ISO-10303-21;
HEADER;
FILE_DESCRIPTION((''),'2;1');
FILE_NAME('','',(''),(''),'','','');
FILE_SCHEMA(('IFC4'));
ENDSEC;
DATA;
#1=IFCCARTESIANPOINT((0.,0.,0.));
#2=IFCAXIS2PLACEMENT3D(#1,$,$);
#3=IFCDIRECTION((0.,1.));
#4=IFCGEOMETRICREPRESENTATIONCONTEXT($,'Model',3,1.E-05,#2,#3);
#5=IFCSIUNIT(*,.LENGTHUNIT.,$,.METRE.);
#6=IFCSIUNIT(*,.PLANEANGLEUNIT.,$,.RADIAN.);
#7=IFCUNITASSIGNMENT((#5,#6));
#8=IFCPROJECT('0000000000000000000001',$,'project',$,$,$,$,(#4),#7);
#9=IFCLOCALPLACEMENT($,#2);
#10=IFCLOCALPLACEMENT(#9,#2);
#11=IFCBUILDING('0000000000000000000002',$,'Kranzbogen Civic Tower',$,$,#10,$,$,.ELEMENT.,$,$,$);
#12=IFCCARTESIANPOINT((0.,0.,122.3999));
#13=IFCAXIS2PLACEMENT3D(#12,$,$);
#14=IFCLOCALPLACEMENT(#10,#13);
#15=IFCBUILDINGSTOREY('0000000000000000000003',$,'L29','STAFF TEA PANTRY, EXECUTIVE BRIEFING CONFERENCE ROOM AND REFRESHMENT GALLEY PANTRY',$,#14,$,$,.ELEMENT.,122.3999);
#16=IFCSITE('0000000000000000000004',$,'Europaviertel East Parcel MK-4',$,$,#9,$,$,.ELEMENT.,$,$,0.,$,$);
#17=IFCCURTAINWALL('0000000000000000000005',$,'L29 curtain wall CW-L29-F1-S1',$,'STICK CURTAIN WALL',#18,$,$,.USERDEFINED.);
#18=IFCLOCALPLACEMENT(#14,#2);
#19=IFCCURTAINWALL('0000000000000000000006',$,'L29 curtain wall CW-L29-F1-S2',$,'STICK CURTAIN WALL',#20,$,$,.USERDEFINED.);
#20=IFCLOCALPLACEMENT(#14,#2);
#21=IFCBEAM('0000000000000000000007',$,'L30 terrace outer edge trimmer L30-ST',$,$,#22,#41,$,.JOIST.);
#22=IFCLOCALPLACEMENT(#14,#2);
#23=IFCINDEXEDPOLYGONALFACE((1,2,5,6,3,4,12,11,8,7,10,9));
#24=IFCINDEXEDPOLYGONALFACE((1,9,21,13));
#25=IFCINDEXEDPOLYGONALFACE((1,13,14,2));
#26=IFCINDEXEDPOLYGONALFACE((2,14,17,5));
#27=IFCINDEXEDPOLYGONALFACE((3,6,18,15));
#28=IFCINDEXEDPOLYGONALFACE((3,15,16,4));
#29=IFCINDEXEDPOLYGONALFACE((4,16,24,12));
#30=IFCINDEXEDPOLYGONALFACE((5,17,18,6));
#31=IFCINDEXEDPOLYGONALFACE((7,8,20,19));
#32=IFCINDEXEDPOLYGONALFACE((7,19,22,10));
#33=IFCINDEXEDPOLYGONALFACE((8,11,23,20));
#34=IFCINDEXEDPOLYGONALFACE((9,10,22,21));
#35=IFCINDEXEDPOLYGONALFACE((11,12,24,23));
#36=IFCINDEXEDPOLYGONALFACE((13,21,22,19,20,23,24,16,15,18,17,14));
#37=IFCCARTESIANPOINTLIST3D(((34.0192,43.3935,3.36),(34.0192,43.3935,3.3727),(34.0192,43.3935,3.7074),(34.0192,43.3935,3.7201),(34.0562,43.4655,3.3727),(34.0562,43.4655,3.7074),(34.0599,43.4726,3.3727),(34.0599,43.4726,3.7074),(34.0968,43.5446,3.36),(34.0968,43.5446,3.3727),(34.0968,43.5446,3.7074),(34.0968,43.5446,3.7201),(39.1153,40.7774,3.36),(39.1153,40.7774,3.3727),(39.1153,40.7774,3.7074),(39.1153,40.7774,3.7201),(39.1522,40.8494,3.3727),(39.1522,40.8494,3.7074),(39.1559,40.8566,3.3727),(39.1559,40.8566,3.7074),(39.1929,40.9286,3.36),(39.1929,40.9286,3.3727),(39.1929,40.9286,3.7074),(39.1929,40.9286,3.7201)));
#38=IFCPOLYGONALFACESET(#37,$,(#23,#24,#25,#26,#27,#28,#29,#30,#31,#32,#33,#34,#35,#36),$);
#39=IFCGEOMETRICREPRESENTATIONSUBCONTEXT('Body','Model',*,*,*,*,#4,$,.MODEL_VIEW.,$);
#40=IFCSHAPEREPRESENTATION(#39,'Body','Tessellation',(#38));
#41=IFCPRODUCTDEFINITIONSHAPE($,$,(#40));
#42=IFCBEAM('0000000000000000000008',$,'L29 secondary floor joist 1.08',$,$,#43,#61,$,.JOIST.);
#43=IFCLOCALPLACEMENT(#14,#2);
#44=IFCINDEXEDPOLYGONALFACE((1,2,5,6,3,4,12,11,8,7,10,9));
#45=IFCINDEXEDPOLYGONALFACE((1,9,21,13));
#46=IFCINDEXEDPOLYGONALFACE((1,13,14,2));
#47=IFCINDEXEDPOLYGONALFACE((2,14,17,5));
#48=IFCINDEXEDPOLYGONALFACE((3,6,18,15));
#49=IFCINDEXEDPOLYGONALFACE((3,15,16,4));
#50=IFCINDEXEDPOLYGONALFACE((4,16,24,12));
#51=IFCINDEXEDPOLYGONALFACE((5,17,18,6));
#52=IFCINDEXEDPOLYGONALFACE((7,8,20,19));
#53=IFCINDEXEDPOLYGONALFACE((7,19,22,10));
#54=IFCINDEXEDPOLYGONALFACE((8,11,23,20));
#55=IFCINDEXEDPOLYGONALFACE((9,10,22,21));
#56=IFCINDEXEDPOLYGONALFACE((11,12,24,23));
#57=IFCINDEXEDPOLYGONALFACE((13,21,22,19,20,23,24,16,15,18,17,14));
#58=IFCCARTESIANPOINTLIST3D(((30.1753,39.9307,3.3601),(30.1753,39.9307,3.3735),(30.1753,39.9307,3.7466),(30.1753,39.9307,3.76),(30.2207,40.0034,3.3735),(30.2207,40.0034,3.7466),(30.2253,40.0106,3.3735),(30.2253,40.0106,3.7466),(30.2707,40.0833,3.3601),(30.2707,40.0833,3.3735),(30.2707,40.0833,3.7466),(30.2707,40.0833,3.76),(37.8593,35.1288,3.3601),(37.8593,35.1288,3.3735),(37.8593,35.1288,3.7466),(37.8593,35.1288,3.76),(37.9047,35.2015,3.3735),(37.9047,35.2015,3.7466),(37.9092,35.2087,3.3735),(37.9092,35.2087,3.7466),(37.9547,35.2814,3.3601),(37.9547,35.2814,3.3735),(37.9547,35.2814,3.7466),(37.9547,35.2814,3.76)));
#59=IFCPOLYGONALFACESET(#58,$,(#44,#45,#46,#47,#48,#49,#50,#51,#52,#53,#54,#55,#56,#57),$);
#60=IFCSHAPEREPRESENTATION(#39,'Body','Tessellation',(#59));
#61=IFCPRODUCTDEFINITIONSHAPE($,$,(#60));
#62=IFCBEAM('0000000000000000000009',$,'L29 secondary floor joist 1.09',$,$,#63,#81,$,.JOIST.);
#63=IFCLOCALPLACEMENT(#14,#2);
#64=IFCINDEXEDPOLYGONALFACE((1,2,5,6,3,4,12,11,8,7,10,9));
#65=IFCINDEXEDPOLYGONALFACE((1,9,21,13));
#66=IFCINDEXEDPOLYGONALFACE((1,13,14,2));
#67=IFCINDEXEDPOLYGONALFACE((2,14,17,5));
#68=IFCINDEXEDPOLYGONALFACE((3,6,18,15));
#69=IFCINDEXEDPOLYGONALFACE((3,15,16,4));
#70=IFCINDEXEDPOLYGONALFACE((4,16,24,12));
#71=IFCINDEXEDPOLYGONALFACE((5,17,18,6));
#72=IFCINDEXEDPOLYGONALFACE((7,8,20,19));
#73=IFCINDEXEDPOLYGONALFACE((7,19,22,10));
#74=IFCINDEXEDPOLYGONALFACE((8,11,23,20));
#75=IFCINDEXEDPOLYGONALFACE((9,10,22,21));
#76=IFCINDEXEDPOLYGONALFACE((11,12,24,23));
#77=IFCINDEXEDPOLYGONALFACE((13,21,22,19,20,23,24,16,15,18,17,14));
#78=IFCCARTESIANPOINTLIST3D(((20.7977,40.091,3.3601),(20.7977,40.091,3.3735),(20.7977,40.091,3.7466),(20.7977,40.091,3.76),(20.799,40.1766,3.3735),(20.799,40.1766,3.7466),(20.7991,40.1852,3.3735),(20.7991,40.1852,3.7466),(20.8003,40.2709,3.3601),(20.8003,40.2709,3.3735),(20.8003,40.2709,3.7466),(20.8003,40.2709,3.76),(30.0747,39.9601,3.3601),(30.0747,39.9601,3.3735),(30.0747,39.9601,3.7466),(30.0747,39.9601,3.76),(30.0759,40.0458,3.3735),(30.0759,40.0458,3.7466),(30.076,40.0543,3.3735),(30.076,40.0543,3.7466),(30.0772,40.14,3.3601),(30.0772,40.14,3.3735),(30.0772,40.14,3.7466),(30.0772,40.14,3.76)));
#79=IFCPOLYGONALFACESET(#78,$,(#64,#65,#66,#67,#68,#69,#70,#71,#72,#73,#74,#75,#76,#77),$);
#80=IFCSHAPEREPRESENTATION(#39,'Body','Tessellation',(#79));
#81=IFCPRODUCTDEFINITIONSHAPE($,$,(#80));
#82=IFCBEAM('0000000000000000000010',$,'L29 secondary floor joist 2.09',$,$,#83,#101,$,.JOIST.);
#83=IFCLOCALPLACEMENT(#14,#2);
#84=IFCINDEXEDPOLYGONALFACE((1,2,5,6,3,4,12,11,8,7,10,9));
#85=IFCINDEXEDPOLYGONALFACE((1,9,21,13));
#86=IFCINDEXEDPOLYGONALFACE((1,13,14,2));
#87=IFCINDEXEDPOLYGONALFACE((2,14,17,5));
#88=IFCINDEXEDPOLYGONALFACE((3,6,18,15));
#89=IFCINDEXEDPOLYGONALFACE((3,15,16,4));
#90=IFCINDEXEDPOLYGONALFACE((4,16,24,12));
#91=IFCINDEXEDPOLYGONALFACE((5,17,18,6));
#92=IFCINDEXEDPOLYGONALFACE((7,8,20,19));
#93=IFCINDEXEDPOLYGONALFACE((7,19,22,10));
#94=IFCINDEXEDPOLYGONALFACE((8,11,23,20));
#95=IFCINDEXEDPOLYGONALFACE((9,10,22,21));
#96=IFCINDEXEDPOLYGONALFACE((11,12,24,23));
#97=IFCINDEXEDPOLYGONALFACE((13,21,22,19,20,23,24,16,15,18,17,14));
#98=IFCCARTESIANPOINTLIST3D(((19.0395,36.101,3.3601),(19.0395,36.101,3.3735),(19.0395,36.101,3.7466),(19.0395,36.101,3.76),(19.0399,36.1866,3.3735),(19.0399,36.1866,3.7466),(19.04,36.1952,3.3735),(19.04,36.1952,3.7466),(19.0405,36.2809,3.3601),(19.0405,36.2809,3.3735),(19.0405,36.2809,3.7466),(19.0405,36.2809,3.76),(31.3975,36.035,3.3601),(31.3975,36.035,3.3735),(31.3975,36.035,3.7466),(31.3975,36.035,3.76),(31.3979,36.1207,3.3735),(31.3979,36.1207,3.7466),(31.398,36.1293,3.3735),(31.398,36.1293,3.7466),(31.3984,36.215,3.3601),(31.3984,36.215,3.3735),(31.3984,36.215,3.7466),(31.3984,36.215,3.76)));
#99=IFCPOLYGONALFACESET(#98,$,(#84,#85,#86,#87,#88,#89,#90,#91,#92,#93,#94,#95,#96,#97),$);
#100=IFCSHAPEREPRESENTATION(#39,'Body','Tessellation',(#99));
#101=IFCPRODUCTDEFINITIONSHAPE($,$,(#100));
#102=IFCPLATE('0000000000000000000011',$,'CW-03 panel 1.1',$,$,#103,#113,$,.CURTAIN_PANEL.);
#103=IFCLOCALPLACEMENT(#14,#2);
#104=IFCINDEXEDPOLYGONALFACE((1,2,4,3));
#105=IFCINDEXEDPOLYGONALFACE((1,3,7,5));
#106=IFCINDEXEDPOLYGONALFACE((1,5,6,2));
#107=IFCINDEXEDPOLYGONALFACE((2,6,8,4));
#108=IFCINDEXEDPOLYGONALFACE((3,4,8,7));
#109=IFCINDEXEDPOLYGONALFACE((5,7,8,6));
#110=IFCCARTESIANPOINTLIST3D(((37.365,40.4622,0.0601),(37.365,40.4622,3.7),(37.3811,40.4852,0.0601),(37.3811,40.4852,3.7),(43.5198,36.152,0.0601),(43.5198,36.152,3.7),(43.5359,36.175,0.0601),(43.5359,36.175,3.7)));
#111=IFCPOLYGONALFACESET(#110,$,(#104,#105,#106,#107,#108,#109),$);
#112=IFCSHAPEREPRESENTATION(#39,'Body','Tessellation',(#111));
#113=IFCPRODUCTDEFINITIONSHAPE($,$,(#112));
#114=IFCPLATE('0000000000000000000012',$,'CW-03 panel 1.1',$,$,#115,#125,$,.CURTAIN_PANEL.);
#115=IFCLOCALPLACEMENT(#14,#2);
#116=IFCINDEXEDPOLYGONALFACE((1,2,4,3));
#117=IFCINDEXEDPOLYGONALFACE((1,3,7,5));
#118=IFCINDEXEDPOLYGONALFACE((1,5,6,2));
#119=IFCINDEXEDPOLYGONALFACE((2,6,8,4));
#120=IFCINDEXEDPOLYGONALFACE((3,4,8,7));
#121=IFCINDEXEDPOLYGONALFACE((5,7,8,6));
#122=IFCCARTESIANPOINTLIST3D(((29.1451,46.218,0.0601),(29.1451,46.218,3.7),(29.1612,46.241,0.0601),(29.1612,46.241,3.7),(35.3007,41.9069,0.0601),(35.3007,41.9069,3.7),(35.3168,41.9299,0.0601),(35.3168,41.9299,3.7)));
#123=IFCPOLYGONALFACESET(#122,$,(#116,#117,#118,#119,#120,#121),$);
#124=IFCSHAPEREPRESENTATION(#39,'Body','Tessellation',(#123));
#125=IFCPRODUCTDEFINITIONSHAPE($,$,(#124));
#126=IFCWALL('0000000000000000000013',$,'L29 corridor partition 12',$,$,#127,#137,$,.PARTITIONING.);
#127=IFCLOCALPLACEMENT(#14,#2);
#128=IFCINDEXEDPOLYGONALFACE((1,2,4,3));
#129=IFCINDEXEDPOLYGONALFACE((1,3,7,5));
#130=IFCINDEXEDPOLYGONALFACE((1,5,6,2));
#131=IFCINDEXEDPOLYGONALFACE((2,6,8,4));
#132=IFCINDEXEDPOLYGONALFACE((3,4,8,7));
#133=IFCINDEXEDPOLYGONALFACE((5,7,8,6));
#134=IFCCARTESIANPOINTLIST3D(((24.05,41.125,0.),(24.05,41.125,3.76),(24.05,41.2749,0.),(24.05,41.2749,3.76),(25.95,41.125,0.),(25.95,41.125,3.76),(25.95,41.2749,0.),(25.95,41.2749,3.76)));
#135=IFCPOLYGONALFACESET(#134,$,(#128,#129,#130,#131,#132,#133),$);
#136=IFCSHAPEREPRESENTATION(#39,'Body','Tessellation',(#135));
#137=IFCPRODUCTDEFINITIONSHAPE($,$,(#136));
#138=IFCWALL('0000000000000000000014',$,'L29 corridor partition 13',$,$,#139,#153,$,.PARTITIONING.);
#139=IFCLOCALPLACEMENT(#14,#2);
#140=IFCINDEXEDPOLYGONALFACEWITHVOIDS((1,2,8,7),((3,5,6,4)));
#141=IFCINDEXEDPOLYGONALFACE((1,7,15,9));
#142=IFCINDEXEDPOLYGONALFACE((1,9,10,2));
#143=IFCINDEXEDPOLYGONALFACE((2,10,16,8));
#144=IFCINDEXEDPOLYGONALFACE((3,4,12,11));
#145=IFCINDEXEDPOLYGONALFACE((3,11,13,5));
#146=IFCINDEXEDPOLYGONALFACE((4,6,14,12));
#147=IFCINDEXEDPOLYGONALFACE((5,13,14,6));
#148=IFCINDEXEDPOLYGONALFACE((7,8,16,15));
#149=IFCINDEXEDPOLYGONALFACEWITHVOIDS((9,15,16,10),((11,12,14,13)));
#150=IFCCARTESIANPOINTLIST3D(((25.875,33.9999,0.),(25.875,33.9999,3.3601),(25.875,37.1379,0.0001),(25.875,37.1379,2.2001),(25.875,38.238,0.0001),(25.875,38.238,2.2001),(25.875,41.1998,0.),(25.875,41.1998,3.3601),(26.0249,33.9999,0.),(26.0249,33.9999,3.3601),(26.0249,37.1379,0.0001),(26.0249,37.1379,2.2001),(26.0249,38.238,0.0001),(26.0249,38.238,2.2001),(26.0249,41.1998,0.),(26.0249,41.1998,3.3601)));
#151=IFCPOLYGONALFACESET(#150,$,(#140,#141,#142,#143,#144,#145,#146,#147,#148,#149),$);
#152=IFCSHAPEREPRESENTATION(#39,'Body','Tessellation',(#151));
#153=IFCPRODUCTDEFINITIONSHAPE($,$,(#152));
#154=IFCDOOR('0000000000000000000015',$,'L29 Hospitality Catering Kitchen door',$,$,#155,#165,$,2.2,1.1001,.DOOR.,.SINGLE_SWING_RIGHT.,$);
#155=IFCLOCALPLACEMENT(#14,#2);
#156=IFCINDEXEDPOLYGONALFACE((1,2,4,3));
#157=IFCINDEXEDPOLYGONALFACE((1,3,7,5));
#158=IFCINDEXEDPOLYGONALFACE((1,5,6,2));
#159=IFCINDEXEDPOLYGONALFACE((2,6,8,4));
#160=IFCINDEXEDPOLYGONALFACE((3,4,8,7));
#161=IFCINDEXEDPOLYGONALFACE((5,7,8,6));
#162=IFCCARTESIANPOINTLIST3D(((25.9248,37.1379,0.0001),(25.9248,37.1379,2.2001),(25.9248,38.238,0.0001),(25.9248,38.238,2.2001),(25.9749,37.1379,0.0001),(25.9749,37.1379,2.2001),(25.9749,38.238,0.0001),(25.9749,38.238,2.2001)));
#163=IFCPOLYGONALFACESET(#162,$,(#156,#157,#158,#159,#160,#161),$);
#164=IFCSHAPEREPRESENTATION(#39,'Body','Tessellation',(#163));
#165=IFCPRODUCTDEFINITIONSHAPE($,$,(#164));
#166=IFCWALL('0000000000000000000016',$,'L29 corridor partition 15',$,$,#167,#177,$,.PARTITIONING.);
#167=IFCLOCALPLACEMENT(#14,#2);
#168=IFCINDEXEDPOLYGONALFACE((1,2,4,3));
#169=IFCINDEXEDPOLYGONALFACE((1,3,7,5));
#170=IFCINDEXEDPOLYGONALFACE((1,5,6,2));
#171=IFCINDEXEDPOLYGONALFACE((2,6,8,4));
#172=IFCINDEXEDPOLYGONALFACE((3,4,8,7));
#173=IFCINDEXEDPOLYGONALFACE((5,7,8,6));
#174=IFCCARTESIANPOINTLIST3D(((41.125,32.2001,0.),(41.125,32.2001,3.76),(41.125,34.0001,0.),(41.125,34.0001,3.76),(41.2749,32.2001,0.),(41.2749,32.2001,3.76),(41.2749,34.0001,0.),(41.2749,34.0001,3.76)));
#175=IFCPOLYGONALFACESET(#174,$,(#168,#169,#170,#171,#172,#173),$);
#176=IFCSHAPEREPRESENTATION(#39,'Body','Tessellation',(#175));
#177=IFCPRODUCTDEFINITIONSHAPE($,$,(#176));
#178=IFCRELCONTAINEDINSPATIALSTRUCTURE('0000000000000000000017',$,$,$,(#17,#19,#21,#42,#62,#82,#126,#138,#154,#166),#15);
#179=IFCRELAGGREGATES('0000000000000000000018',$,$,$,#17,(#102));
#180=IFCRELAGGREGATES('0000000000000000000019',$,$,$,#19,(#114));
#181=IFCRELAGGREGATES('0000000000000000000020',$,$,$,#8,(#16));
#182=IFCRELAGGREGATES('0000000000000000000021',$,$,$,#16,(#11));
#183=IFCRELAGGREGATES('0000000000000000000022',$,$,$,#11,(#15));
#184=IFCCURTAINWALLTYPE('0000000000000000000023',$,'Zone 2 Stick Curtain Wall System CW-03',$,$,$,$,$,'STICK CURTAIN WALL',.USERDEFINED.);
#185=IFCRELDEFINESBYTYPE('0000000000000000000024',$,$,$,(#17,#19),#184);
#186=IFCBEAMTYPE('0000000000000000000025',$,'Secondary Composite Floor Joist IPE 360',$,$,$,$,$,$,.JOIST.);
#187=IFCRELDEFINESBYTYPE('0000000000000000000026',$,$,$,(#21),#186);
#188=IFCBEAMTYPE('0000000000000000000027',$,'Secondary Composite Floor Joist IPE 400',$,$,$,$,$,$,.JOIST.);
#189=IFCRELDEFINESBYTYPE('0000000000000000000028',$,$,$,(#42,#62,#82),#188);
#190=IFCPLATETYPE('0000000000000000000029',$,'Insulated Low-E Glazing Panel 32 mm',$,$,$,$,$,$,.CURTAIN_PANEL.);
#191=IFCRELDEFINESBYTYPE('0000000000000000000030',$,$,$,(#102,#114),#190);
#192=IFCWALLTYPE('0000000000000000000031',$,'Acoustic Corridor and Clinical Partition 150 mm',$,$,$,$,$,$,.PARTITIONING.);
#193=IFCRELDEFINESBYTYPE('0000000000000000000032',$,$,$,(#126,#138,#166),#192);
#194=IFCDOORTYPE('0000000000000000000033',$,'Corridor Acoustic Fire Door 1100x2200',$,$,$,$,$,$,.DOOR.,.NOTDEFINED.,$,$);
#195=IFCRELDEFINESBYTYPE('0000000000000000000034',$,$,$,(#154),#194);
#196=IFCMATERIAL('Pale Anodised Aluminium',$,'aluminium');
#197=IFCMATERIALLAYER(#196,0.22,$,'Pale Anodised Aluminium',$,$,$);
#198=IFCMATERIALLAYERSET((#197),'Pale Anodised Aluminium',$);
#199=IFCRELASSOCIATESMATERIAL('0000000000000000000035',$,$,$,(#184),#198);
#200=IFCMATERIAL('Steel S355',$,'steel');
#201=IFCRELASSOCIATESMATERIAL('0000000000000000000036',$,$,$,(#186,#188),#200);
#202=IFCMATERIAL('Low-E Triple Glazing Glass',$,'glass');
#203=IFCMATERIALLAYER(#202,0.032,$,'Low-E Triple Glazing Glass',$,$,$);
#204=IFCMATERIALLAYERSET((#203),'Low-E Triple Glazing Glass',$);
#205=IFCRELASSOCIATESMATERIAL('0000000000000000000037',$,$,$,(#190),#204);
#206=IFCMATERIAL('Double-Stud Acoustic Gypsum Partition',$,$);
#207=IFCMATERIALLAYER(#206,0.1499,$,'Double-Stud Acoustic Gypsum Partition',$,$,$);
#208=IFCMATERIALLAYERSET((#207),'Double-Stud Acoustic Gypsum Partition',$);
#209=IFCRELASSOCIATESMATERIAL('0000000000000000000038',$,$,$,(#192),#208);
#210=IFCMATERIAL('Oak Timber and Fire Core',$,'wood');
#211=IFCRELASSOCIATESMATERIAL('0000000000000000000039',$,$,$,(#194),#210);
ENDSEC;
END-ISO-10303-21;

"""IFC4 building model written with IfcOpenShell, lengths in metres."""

from ifc_helpers import new_model, si_unit, direction, frame, frame_2d, origin, origin_2d, place, context, subcontext, project, spatial, rectangle, i_section, extrude, material, layer, layer_set, material_profile, profile_set, type_object, element, fill, aggregate, save


model = new_model("IFC4")

# Units and contexts
model_context = context("Model", 3, precision=1e-05, world=origin(), true_north=direction((0.0, 1.0)))
body_context = subcontext(model_context, "Body", "Model", "MODEL_VIEW")
ifc_project = project(units=[si_unit("LENGTHUNIT", "METRE"), si_unit("PLANEANGLEUNIT", "RADIAN")], contexts=[model_context])

# Site, building, storey
site_placement = place(None, origin())
site = spatial("IfcSite", under=ifc_project, at=site_placement, Name="Europaviertel East Parcel MK-4", CompositionType="ELEMENT", RefElevation=0.0)
building_placement = place(site_placement, origin())
building = spatial("IfcBuilding", under=site, at=building_placement, Name="Kranzbogen Civic Tower", CompositionType="ELEMENT")
storey_placement = place(building_placement, frame((0.0, 0.0, 122.3999)))
storey = spatial("IfcBuildingStorey", under=building, at=storey_placement, Name="L29", Description="STAFF TEA PANTRY, EXECUTIVE BRIEFING CONFERENCE ROOM AND REFRESHMENT GALLEY PANTRY", CompositionType="ELEMENT", Elevation=122.3999)

# Shared definitions
ifc_material_1 = material(Name="Steel S355", Category="steel")

# Curtain walls
ifc_material_2 = material(Name="Pale Anodised Aluminium", Category="aluminium")
ifc_layer_1 = layer(ifc_material_2, 0.22, Name="Pale Anodised Aluminium")
ifc_layer_set_1 = layer_set([ifc_layer_1], Name="Pale Anodised Aluminium")
curtain_wall_type = type_object("IfcCurtainWallType", Name="Zone 2 Stick Curtain Wall System CW-03", ElementType="STICK CURTAIN WALL", PredefinedType="USERDEFINED", material=ifc_layer_set_1)
curtain_wall_1_placement = place(storey_placement, origin())
curtain_wall_1 = element("IfcCurtainWall", 1, at=curtain_wall_1_placement, inside=storey, type_object=curtain_wall_type, Name="L29 curtain wall CW-L29-F1-S1", ObjectType="STICK CURTAIN WALL", PredefinedType="USERDEFINED")
curtain_wall_2_placement = place(storey_placement, origin())
curtain_wall_2 = element("IfcCurtainWall", 2, at=curtain_wall_2_placement, inside=storey, type_object=curtain_wall_type, Name="L29 curtain wall CW-L29-F1-S2", ObjectType="STICK CURTAIN WALL", PredefinedType="USERDEFINED")

# Beams
ifc_material_profile_1 = material_profile(ifc_material_1, i_section(OverallWidth=0.1699, OverallDepth=0.3601, WebThickness=0.0081, FlangeThickness=0.0127, at=origin_2d()), Name="IPE 360")
ifc_profile_set_1 = profile_set([ifc_material_profile_1], Name="Steel S355")
beam_type_1 = type_object("IfcBeamType", Name="Secondary Composite Floor Joist IPE 360", PredefinedType="JOIST", material=ifc_profile_set_1)
beam_1_placement = place(storey_placement, frame((39.1541, 40.853, 3.54), z_axis=(-0.889629, 0.456684, 0.0), x_axis=(-0.456684, -0.889629, 0.0)))
element("IfcBeam", 3, at=beam_1_placement, inside=storey, type_object=beam_type_1, Name="L30 terrace outer edge trimmer L30-ST", PredefinedType="JOIST", context=body_context, shape_type="SweptSolid", body=[
    extrude(i_section(OverallWidth=0.1699, OverallDepth=0.3601, WebThickness=0.0081, FlangeThickness=0.0127, at=origin_2d()), origin(), (0.0, 0.0, 1.0), 5.7283),
])
ifc_material_profile_2 = material_profile(ifc_material_1, i_section(OverallWidth=0.1799, OverallDepth=0.3999, WebThickness=0.0085, FlangeThickness=0.0134, at=origin_2d()), Name="IPE 400")
ifc_profile_set_2 = profile_set([ifc_material_profile_2], Name="Steel S355")
beam_type_2 = type_object("IfcBeamType", Name="Secondary Composite Floor Joist IPE 400", PredefinedType="JOIST", material=ifc_profile_set_2)
beam_2_placement = place(storey_placement, frame((37.907, 35.2051, 3.5601), z_axis=(-0.848026, 0.529955, 0.0), x_axis=(-0.529955, -0.848026, 0.0)))
element("IfcBeam", 4, at=beam_2_placement, inside=storey, type_object=beam_type_2, Name="L29 secondary floor joist 1.08", PredefinedType="JOIST", context=body_context, shape_type="SweptSolid", body=[
    extrude(i_section(OverallWidth=0.1799, OverallDepth=0.3999, WebThickness=0.0085, FlangeThickness=0.0134, at=origin_2d()), origin(), (0.0, 0.0, 1.0), 9.061),
])
beam_3_placement = place(storey_placement, frame((30.0759, 40.05, 3.5601), z_axis=(-0.999901, 0.014105, 0.0), x_axis=(-0.014105, -0.999901, 0.0)))
element("IfcBeam", 5, at=beam_3_placement, inside=storey, type_object=beam_type_2, Name="L29 secondary floor joist 1.09", PredefinedType="JOIST", context=body_context, shape_type="SweptSolid", body=[
    extrude(i_section(OverallWidth=0.1799, OverallDepth=0.3999, WebThickness=0.0085, FlangeThickness=0.0134, at=origin_2d()), origin(), (0.0, 0.0, 1.0), 9.2778),
])
beam_4_placement = place(storey_placement, frame((31.3979, 36.125, 3.5601), z_axis=(-0.999986, 0.005334, 0.0), x_axis=(-0.005334, -0.999986, 0.0)))
element("IfcBeam", 6, at=beam_4_placement, inside=storey, type_object=beam_type_2, Name="L29 secondary floor joist 2.09", PredefinedType="JOIST", context=body_context, shape_type="SweptSolid", body=[
    extrude(i_section(OverallWidth=0.1799, OverallDepth=0.3999, WebThickness=0.0085, FlangeThickness=0.0134, at=origin_2d()), origin(), (0.0, 0.0, 1.0), 12.3582),
])

# Plates
ifc_material_3 = material(Name="Low-E Triple Glazing Glass", Category="glass")
ifc_layer_2 = layer(ifc_material_3, 0.032, Name="Low-E Triple Glazing Glass")
ifc_layer_set_2 = layer_set([ifc_layer_2], Name="Low-E Triple Glazing Glass")
plate_type = type_object("IfcPlateType", Name="Insulated Low-E Glazing Panel 32 mm", PredefinedType="CURTAIN_PANEL", material=ifc_layer_set_2)
plate_1_placement = place(storey_placement, frame((40.4504, 38.3186, 0.0601), z_axis=(0.0, 0.0, 1.0), x_axis=(-0.819115, 0.573629, 0.0)))
plate_1 = element("IfcPlate", 7, at=plate_1_placement, type_object=plate_type, Name="CW-03 panel 1.1", PredefinedType="CURTAIN_PANEL", context=body_context, shape_type="SweptSolid", body=[
    extrude(rectangle(XDim=7.5139, YDim=0.0281, at=origin_2d()), origin(), (0.0, 0.0, 1.0), 3.6399),
])
aggregate(curtain_wall_1, [plate_1])
plate_2_placement = place(storey_placement, frame((32.231, 44.074, 0.0601), z_axis=(0.0, 0.0, 1.0), x_axis=(-0.819097, 0.573656, 0.0)))
plate_2 = element("IfcPlate", 8, at=plate_2_placement, type_object=plate_type, Name="CW-03 panel 1.1", PredefinedType="CURTAIN_PANEL", context=body_context, shape_type="SweptSolid", body=[
    extrude(rectangle(XDim=7.5151, YDim=0.0281, at=origin_2d()), origin(), (0.0, 0.0, 1.0), 3.6399),
])
aggregate(curtain_wall_2, [plate_2])

# Wall
ifc_material_4 = material(Name="Double-Stud Acoustic Gypsum Partition")
ifc_layer_3 = layer(ifc_material_4, 0.1499, Name="Double-Stud Acoustic Gypsum Partition")
ifc_layer_set_3 = layer_set([ifc_layer_3], Name="Double-Stud Acoustic Gypsum Partition")
wall_type_1 = type_object("IfcWallType", Name="Acoustic Corridor and Clinical Partition 150 mm", PredefinedType="PARTITIONING", material=ifc_layer_set_3)
wall_1_placement = place(storey_placement, frame((24.05, 41.2, 0.0), z_axis=(0.0, 0.0, 1.0), x_axis=(1.0, 0.0, 0.0)))
element("IfcWall", 9, at=wall_1_placement, inside=storey, type_object=wall_type_1, Name="L29 corridor partition 12", PredefinedType="PARTITIONING", context=body_context, shape_type="SweptSolid", body=[
    extrude(rectangle(XDim=1.8999, YDim=0.1499, at=frame_2d((0.95, 0.0))), origin(), (0.0, 0.0, 1.0), 3.76),
])

# Wall, opening, door
wall_2_placement = place(storey_placement, frame((25.95, 41.2, 0.0), z_axis=(0.0, 0.0, 1.0), x_axis=(0.0, -1.0, 0.0)))
wall_2 = element("IfcWall", 10, at=wall_2_placement, inside=storey, type_object=wall_type_1, Name="L29 corridor partition 13", PredefinedType="PARTITIONING", context=body_context, shape_type="SweptSolid", body=[
    extrude(rectangle(XDim=7.2, YDim=0.1499, at=frame_2d((3.6001, 0.0))), origin(), (0.0, 0.0, 1.0), 3.3601),
])
opening_1_placement = place(wall_2_placement, frame((2.9619, 0.0, 0.0)))
opening_1 = element("IfcOpeningElement", 11, at=opening_1_placement, cuts=wall_2, PredefinedType="OPENING", context=body_context, shape_type="SweptSolid", body=[
    extrude(rectangle(XDim=1.1001, YDim=2.2, at=frame_2d((0.55, 1.1001))), frame((0.0, 0.085, 0.0), z_axis=(0.0, -1.0, 0.0), x_axis=(1.0, 0.0, 0.0)), (0.0, 0.0, 1.0), 0.1699),
])
ifc_material_5 = material(Name="Oak Timber and Fire Core", Category="wood")
door_type_1 = type_object("IfcDoorType", Name="Corridor Acoustic Fire Door 1100x2200", OperationType="NOTDEFINED", PredefinedType="DOOR", material=ifc_material_5)
door_1_placement = place(opening_1_placement, origin())
door_1 = element("IfcDoor", 12, at=door_1_placement, inside=storey, type_object=door_type_1, Name="L29 Hospitality Catering Kitchen door", OperationType="SINGLE_SWING_RIGHT", OverallHeight=2.2, OverallWidth=1.1001, PredefinedType="DOOR", context=body_context, shape_type="SweptSolid", body=[
    extrude(rectangle(XDim=1.1001, YDim=2.2, at=frame_2d((0.55, 1.1001))), frame((0.0, 0.0249, 0.0), z_axis=(0.0, -1.0, 0.0), x_axis=(1.0, 0.0, 0.0)), (0.0, 0.0, 1.0), 0.05),
])
fill(opening_1, door_1)

# Wall
wall_3_placement = place(storey_placement, frame((41.2, 34.0, 0.0), z_axis=(0.0, 0.0, 1.0), x_axis=(0.0, -1.0, 0.0)))
element("IfcWall", 13, at=wall_3_placement, inside=storey, type_object=wall_type_1, Name="L29 corridor partition 15", PredefinedType="PARTITIONING", context=body_context, shape_type="SweptSolid", body=[
    extrude(rectangle(XDim=1.8, YDim=0.1499, at=frame_2d((0.8999, 0.0))), origin(), (0.0, 0.0, 1.0), 3.76),
])

save(model, "model.ifc")
